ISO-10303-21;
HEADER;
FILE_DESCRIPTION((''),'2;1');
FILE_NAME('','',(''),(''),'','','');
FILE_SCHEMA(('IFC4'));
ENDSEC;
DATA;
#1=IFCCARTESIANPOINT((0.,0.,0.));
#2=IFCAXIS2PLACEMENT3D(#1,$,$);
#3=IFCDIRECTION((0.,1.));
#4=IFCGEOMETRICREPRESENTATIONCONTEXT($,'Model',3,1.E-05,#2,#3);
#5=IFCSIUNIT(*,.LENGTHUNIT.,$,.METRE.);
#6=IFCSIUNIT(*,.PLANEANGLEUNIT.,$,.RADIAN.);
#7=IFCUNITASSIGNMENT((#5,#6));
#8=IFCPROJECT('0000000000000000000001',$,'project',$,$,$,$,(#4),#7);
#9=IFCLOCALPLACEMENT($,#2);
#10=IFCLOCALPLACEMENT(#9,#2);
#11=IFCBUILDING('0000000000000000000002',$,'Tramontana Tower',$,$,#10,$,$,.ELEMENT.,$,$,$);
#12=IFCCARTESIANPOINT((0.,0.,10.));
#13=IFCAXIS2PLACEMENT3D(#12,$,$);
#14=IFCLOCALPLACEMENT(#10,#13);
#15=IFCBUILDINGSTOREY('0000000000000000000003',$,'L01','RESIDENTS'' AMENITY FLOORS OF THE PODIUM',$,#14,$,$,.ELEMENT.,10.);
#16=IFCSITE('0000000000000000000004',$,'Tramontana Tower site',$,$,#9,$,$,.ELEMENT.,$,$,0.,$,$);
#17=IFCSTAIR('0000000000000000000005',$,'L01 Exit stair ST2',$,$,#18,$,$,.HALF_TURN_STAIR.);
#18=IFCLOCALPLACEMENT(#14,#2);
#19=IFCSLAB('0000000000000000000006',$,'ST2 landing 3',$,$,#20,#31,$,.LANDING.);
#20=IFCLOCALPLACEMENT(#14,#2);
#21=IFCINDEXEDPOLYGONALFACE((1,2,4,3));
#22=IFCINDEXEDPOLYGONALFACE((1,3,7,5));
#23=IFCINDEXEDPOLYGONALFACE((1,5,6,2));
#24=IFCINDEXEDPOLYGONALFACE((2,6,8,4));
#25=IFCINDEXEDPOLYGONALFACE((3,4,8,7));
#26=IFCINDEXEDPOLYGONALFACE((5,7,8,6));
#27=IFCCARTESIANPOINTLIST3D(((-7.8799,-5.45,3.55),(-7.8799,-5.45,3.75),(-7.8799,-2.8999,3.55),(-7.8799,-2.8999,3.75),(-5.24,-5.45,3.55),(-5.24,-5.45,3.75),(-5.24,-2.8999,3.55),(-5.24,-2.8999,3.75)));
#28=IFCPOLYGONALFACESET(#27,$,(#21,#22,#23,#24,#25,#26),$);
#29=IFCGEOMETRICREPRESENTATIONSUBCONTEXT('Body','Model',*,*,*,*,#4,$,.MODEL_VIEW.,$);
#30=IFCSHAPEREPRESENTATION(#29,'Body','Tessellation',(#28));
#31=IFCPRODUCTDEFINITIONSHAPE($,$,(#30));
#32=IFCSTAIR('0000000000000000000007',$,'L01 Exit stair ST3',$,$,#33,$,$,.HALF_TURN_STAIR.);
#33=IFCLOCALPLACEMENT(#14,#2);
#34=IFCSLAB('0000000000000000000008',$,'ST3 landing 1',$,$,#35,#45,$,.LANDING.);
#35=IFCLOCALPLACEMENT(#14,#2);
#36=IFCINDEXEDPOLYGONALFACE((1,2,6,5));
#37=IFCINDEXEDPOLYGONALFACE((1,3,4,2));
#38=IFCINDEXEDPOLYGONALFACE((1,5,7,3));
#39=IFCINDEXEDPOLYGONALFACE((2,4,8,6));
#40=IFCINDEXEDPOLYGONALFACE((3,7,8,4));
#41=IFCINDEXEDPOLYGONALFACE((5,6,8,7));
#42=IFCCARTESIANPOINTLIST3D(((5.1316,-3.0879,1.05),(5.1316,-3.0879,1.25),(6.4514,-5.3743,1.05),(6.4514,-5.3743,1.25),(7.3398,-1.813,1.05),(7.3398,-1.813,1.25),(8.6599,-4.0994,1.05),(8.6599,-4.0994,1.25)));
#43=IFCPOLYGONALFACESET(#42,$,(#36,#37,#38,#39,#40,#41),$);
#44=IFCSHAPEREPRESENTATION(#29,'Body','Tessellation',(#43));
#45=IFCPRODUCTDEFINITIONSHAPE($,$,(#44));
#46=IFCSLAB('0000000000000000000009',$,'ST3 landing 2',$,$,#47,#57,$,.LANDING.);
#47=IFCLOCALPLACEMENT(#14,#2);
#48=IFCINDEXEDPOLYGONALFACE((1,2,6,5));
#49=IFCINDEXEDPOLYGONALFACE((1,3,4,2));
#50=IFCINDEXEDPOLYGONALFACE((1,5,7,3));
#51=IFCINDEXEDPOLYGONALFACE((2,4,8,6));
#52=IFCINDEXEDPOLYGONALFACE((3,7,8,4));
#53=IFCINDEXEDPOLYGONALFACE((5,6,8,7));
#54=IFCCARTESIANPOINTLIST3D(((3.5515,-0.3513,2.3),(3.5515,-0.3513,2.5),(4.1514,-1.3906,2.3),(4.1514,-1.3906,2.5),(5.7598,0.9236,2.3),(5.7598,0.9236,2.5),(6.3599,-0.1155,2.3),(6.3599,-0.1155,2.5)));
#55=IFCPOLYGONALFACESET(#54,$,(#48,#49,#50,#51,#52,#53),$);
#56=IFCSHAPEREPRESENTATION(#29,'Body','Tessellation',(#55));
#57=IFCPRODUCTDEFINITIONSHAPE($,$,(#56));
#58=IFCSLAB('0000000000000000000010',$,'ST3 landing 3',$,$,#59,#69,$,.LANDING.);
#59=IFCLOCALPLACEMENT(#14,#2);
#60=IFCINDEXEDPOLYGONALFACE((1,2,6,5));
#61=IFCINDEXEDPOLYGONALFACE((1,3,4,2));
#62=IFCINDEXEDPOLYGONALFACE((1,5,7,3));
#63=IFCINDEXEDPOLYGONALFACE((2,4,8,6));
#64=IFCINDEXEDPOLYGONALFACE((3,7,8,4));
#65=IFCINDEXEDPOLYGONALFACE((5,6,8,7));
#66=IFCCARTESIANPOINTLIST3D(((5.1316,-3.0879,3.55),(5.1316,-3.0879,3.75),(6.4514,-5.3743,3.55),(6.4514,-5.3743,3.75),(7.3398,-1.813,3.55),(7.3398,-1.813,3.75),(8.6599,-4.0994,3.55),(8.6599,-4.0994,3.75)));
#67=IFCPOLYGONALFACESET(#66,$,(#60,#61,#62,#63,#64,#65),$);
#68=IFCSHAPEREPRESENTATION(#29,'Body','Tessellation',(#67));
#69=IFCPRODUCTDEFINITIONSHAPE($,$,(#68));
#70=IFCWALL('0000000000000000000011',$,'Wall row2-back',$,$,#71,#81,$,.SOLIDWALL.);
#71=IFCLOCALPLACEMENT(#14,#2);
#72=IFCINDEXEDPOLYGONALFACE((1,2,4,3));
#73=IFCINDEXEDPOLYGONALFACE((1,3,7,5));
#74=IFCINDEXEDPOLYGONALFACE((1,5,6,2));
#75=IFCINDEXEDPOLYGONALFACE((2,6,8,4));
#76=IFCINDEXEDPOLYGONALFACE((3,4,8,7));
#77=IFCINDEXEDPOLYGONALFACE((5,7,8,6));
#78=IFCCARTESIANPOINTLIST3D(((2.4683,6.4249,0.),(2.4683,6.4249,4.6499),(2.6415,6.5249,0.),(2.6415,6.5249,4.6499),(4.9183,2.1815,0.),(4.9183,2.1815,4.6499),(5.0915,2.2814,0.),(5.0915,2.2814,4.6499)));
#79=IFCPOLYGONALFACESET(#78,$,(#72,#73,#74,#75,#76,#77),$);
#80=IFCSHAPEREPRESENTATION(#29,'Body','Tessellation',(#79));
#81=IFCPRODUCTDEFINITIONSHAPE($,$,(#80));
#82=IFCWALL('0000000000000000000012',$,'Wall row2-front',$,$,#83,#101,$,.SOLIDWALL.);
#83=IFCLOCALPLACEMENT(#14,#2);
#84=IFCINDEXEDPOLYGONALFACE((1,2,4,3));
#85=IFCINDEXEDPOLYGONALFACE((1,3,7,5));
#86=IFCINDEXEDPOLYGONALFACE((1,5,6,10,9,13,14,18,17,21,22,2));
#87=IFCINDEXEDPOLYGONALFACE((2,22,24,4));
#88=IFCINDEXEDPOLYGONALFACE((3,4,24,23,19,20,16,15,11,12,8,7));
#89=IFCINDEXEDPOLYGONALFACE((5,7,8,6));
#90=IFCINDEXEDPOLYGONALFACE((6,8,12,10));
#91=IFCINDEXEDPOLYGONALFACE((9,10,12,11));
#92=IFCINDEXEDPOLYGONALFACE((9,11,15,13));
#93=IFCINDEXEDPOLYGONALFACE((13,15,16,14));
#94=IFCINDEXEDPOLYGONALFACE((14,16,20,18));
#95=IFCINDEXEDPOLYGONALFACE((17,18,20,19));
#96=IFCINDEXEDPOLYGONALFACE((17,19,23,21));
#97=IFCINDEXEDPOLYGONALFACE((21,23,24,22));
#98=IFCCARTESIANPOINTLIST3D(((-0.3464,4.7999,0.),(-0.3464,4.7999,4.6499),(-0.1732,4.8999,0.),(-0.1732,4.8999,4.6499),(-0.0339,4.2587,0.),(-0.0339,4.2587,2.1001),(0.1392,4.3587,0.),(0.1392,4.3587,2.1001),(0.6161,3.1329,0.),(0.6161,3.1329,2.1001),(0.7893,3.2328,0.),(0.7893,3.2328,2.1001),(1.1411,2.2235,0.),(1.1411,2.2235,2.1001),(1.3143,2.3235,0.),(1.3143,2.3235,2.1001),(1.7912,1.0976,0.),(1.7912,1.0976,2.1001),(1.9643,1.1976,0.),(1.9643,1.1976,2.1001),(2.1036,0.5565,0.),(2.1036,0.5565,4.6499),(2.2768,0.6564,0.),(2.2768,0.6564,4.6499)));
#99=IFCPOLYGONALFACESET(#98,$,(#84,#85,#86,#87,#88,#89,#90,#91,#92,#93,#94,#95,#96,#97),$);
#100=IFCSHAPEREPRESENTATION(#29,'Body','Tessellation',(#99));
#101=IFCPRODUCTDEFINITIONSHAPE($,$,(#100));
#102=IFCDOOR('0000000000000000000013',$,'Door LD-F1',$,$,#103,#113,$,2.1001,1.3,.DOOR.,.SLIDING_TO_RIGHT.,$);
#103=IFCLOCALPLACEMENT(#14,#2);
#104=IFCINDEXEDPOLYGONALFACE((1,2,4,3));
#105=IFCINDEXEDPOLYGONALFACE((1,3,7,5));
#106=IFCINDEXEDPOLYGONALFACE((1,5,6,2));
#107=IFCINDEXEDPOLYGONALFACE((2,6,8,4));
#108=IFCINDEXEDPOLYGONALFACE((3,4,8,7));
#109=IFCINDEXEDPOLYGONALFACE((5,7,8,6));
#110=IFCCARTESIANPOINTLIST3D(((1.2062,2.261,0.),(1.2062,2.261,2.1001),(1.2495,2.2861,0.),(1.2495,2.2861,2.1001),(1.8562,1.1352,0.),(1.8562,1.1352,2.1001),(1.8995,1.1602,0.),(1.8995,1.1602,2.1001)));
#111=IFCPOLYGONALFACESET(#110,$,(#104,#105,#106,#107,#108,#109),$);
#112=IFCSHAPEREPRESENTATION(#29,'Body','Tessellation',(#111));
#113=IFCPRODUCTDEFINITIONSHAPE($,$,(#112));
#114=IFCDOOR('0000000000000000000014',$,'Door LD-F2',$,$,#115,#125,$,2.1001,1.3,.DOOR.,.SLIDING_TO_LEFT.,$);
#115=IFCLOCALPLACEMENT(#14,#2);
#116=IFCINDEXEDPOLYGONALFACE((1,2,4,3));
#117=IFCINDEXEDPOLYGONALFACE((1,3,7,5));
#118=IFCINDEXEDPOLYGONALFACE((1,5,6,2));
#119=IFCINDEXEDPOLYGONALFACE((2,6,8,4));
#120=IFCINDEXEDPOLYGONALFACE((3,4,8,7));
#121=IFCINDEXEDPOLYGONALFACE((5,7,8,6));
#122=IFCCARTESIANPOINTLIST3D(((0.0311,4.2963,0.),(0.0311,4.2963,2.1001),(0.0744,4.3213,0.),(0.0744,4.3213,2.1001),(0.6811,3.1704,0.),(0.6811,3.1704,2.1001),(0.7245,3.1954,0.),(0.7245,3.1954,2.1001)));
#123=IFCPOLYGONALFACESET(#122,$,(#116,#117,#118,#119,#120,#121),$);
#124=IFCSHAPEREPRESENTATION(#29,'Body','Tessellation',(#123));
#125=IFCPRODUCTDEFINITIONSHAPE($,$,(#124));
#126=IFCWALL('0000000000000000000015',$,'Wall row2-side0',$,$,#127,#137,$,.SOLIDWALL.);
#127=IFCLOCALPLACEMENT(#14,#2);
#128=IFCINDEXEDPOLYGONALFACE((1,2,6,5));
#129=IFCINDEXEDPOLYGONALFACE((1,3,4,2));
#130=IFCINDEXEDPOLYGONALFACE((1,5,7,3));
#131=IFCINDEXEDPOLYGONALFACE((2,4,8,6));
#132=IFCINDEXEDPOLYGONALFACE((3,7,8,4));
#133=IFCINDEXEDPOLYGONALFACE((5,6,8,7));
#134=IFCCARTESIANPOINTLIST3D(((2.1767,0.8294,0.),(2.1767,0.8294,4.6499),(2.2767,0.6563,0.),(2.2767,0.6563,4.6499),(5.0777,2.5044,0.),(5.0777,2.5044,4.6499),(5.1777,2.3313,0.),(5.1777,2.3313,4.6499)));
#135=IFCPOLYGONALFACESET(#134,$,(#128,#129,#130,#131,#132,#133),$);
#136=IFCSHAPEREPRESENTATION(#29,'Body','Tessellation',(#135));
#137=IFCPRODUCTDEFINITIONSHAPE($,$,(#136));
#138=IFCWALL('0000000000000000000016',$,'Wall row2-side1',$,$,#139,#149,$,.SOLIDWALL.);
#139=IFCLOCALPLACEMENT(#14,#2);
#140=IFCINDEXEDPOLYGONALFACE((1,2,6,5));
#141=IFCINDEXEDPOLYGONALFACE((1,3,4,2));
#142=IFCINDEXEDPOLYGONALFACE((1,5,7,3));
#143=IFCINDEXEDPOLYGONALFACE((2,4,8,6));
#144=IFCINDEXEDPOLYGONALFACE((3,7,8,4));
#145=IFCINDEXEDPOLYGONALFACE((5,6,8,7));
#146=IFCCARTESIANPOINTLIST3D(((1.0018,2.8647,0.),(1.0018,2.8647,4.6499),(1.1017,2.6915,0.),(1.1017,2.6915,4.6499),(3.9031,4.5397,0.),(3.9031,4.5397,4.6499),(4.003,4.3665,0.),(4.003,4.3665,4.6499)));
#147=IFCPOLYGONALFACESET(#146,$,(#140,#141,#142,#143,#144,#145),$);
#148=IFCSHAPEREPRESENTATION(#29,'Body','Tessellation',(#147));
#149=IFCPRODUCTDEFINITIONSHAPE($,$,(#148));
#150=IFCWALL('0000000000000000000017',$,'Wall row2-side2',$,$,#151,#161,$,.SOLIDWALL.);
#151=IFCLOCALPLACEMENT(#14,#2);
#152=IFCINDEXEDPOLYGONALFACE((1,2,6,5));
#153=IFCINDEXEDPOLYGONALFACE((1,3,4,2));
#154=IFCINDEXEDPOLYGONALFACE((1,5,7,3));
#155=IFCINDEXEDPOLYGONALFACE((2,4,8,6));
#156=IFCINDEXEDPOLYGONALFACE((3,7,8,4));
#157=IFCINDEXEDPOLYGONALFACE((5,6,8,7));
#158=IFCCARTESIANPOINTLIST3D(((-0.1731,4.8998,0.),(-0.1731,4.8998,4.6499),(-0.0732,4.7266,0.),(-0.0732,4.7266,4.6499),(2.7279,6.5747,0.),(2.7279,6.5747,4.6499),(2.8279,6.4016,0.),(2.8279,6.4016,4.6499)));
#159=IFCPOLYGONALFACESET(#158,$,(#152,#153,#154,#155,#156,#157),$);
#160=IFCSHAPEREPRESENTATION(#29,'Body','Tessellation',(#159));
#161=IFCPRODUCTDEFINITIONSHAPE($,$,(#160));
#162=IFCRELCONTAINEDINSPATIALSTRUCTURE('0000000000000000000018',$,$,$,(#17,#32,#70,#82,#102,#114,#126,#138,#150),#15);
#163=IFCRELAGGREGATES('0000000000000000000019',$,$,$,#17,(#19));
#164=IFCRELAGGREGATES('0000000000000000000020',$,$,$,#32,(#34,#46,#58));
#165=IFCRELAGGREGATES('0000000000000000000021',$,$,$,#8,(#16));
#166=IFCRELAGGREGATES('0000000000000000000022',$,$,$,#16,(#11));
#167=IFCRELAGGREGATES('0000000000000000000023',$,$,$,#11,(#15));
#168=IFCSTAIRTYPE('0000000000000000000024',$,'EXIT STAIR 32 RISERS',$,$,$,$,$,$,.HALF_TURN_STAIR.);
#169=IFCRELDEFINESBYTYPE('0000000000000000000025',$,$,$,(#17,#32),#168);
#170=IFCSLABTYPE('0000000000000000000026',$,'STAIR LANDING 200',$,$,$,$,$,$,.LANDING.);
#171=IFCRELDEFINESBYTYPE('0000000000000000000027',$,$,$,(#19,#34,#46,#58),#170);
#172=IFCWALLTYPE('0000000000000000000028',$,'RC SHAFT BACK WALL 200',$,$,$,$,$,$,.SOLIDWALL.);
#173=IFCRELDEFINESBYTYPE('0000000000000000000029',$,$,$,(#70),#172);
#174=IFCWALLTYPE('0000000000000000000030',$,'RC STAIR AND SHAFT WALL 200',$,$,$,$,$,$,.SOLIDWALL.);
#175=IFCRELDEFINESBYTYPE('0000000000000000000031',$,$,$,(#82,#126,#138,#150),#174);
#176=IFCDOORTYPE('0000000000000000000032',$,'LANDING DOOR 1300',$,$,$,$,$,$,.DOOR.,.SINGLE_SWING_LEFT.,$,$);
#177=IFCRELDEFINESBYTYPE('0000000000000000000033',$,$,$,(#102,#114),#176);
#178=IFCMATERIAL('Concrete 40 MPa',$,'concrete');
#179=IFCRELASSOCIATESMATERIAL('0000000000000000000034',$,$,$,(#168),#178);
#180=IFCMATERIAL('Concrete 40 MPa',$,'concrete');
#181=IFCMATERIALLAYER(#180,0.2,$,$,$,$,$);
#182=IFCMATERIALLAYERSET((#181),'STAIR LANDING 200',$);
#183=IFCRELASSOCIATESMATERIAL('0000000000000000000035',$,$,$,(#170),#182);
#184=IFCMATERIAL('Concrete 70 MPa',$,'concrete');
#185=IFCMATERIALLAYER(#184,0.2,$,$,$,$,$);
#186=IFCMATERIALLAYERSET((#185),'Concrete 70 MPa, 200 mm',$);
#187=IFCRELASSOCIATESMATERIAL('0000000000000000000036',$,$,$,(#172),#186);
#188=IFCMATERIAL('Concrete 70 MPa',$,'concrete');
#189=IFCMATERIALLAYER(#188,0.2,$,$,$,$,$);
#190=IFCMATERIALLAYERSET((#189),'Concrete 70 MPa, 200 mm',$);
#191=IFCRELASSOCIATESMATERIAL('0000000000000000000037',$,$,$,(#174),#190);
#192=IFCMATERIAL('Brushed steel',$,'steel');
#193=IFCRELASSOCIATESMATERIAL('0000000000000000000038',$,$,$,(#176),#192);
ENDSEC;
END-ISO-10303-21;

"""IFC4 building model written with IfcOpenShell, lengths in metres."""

from ifc_helpers import new_model, si_unit, direction, frame, frame_2d, origin, place, context, subcontext, project, spatial, polyline, rectangle, outline, extrude, material, layer, layer_set, type_object, element, fill, aggregate, save


model = new_model("IFC4")

# Units and contexts
model_context = context("Model", 3, precision=1e-05, world=origin(), true_north=direction((0.0, 1.0)))
body_context = subcontext(model_context, "Body", "Model", "MODEL_VIEW")
ifc_project = project(units=[si_unit("LENGTHUNIT", "METRE"), si_unit("PLANEANGLEUNIT", "RADIAN")], contexts=[model_context])

# Site, building, storey
site_placement = place(None, origin())
site = spatial("IfcSite", under=ifc_project, at=site_placement, Name="Tramontana Tower site", CompositionType="ELEMENT", RefElevation=0.0)
building_placement = place(site_placement, origin())
building = spatial("IfcBuilding", under=site, at=building_placement, Name="Tramontana Tower", CompositionType="ELEMENT")
storey_placement = place(building_placement, frame((0.0, 0.0, 10.0)))
storey = spatial("IfcBuildingStorey", under=building, at=storey_placement, Name="L01", Description="RESIDENTS' AMENITY FLOORS OF THE PODIUM", CompositionType="ELEMENT", Elevation=10.0)

# Stairs, slabs
ifc_material_1 = material(Name="Concrete 40 MPa", Category="concrete")
stair_type = type_object("IfcStairType", Name="EXIT STAIR 32 RISERS", PredefinedType="HALF_TURN_STAIR", material=ifc_material_1)
ifc_material_2 = material(Name="Concrete 40 MPa", Category="concrete")
ifc_layer_1 = layer(ifc_material_2, 0.2)
ifc_layer_set_1 = layer_set([ifc_layer_1], Name="STAIR LANDING 200")
slab_type_1 = type_object("IfcSlabType", Name="STAIR LANDING 200", PredefinedType="LANDING", material=ifc_layer_set_1)
stair_1_placement = place(storey_placement, origin())
stair_1 = element("IfcStair", 1, at=stair_1_placement, inside=storey, type_object=stair_type, Name="L01 Exit stair ST2", PredefinedType="HALF_TURN_STAIR")
slab_1_placement = place(storey_placement, frame((0.0, 0.0, 3.55)))
slab_1 = element("IfcSlab", 2, at=slab_1_placement, type_object=slab_type_1, Name="ST2 landing 3", PredefinedType="LANDING", context=body_context, shape_type="SweptSolid", body=[
    extrude(outline(polyline([(-5.24, -2.8999), (-7.8799, -2.8999), (-7.8799, -5.45), (-5.24, -5.45), (-5.24, -2.8999)])), origin(), (0.0, 0.0, 1.0), 0.2),
])
aggregate(stair_1, [slab_1])
stair_2_placement = place(storey_placement, origin())
stair_2 = element("IfcStair", 3, at=stair_2_placement, inside=storey, type_object=stair_type, Name="L01 Exit stair ST3", PredefinedType="HALF_TURN_STAIR")
slab_2_placement = place(storey_placement, frame((0.0, 0.0, 1.05)))
slab_2 = element("IfcSlab", 4, at=slab_2_placement, type_object=slab_type_1, Name="ST3 landing 1", PredefinedType="LANDING", context=body_context, shape_type="SweptSolid", body=[
    extrude(outline(polyline([(5.1316, -3.0879), (6.4514, -5.3743), (8.6599, -4.0994), (7.3398, -1.813), (5.1316, -3.0879)])), origin(), (0.0, 0.0, 1.0), 0.2),
])
slab_3_placement = place(storey_placement, frame((0.0, 0.0, 2.3)))
slab_3 = element("IfcSlab", 5, at=slab_3_placement, type_object=slab_type_1, Name="ST3 landing 2", PredefinedType="LANDING", context=body_context, shape_type="SweptSolid", body=[
    extrude(outline(polyline([(3.5515, -0.3513), (4.1514, -1.3906), (6.3599, -0.1155), (5.7598, 0.9236), (3.5515, -0.3513)])), origin(), (0.0, 0.0, 1.0), 0.2),
])
slab_4_placement = place(storey_placement, frame((0.0, 0.0, 3.55)))
slab_4 = element("IfcSlab", 6, at=slab_4_placement, type_object=slab_type_1, Name="ST3 landing 3", PredefinedType="LANDING", context=body_context, shape_type="SweptSolid", body=[
    extrude(outline(polyline([(5.1316, -3.0879), (6.4514, -5.3743), (8.6599, -4.0994), (7.3398, -1.813), (5.1316, -3.0879)])), origin(), (0.0, 0.0, 1.0), 0.2),
])

# Wall
ifc_material_3 = material(Name="Concrete 70 MPa", Category="concrete")
ifc_layer_2 = layer(ifc_material_3, 0.2)
ifc_layer_set_2 = layer_set([ifc_layer_2], Name="Concrete 70 MPa, 200 mm")
wall_type_1 = type_object("IfcWallType", Name="RC SHAFT BACK WALL 200", PredefinedType="SOLIDWALL", material=ifc_layer_set_2)
wall_1_placement = place(storey_placement, frame((5.0049, 2.2314, 0.0), z_axis=(0.0, 0.0, 1.0), x_axis=(-0.500003, 0.866024, 0.0)))
element("IfcWall", 7, at=wall_1_placement, inside=storey, type_object=wall_type_1, Name="Wall row2-back", PredefinedType="SOLIDWALL", context=body_context, shape_type="SweptSolid", body=[
    extrude(rectangle(XDim=4.8999, YDim=0.2, at=frame_2d((2.45, 0.0))), origin(), (0.0, 0.0, 1.0), 4.6499),
])

# Shared definitions
ifc_material_4 = material(Name="Concrete 70 MPa", Category="concrete")
ifc_layer_3 = layer(ifc_material_4, 0.2)
ifc_layer_set_3 = layer_set([ifc_layer_3], Name="Concrete 70 MPa, 200 mm")
wall_type_2 = type_object("IfcWallType", Name="RC STAIR AND SHAFT WALL 200", PredefinedType="SOLIDWALL", material=ifc_layer_set_3)

# Wall, openings, doors
wall_2_placement = place(storey_placement, frame((2.1902, 0.6064, 0.0), z_axis=(0.0, 0.0, 1.0), x_axis=(-0.500003, 0.866024, 0.0)))
wall_2 = element("IfcWall", 8, at=wall_2_placement, inside=storey, type_object=wall_type_2, Name="Wall row2-front", PredefinedType="SOLIDWALL", context=body_context, shape_type="SweptSolid", body=[
    extrude(rectangle(XDim=4.8999, YDim=0.2, at=frame_2d((2.45, 0.0))), origin(), (0.0, 0.0, 1.0), 4.6499),
])
opening_1_placement = place(wall_2_placement, frame((0.625, 0.0, 0.0)))
opening_1 = element("IfcOpeningElement", 9, at=opening_1_placement, cuts=wall_2, PredefinedType="OPENING", context=body_context, shape_type="SweptSolid", body=[
    extrude(rectangle(XDim=1.3, YDim=2.1001, at=frame_2d((0.6499, 1.05))), frame((0.0, 0.1099, 0.0), z_axis=(0.0, -1.0, 0.0), x_axis=(1.0, 0.0, 0.0)), (0.0, 0.0, 1.0), 0.22),
])
opening_2_placement = place(wall_2_placement, frame((2.9751, 0.0, 0.0)))
opening_2 = element("IfcOpeningElement", 10, at=opening_2_placement, cuts=wall_2, PredefinedType="OPENING", context=body_context, shape_type="SweptSolid", body=[
    extrude(rectangle(XDim=1.3, YDim=2.1001, at=frame_2d((0.6499, 1.05))), frame((0.0, 0.1099, 0.0), z_axis=(0.0, -1.0, 0.0), x_axis=(1.0, 0.0, 0.0)), (0.0, 0.0, 1.0), 0.22),
])
ifc_material_5 = material(Name="Brushed steel", Category="steel")
door_type_1 = type_object("IfcDoorType", Name="LANDING DOOR 1300", OperationType="SINGLE_SWING_LEFT", PredefinedType="DOOR", material=ifc_material_5)
door_1_placement = place(opening_1_placement, origin())
door_1 = element("IfcDoor", 11, at=door_1_placement, inside=storey, type_object=door_type_1, Name="Door LD-F1", OperationType="SLIDING_TO_RIGHT", OverallHeight=2.1001, OverallWidth=1.3, PredefinedType="DOOR", context=body_context, shape_type="SweptSolid", body=[
    extrude(rectangle(XDim=1.3, YDim=2.1001, at=frame_2d((0.6499, 1.05))), frame((0.0, 0.0249, 0.0), z_axis=(0.0, -1.0, 0.0), x_axis=(1.0, 0.0, 0.0)), (0.0, 0.0, 1.0), 0.05),
])
fill(opening_1, door_1)
door_2_placement = place(opening_2_placement, origin())
door_2 = element("IfcDoor", 12, at=door_2_placement, inside=storey, type_object=door_type_1, Name="Door LD-F2", OperationType="SLIDING_TO_LEFT", OverallHeight=2.1001, OverallWidth=1.3, PredefinedType="DOOR", context=body_context, shape_type="SweptSolid", body=[
    extrude(rectangle(XDim=1.3, YDim=2.1001, at=frame_2d((0.6499, 1.05))), frame((0.0, 0.0249, 0.0), z_axis=(0.0, -1.0, 0.0), x_axis=(1.0, 0.0, 0.0)), (0.0, 0.0, 1.0), 0.05),
])
fill(opening_2, door_2)

# Walls
wall_3_placement = place(storey_placement, frame((2.2268, 0.7429, 0.0), z_axis=(0.0, 0.0, 1.0), x_axis=(0.866014, 0.500019, 0.0)))
element("IfcWall", 13, at=wall_3_placement, inside=storey, type_object=wall_type_2, Name="Wall row2-side0", PredefinedType="SOLIDWALL", context=body_context, shape_type="SweptSolid", body=[
    extrude(rectangle(XDim=3.3499, YDim=0.2, at=frame_2d((1.6748, 0.0))), origin(), (0.0, 0.0, 1.0), 4.6499),
])
wall_4_placement = place(storey_placement, frame((1.0518, 2.7781, 0.0), z_axis=(0.0, 0.0, 1.0), x_axis=(0.866033, 0.499987, 0.0)))
element("IfcWall", 14, at=wall_4_placement, inside=storey, type_object=wall_type_2, Name="Wall row2-side1", PredefinedType="SOLIDWALL", context=body_context, shape_type="SweptSolid", body=[
    extrude(rectangle(XDim=3.3501, YDim=0.2, at=frame_2d((1.675, 0.0))), origin(), (0.0, 0.0, 1.0), 4.6499),
])
wall_5_placement = place(storey_placement, frame((-0.123, 4.8132, 0.0), z_axis=(0.0, 0.0, 1.0), x_axis=(0.866014, 0.500019, 0.0)))
element("IfcWall", 15, at=wall_5_placement, inside=storey, type_object=wall_type_2, Name="Wall row2-side2", PredefinedType="SOLIDWALL", context=body_context, shape_type="SweptSolid", body=[
    extrude(rectangle(XDim=3.3499, YDim=0.2, at=frame_2d((1.6748, 0.0))), origin(), (0.0, 0.0, 1.0), 4.6499),
])

aggregate(stair_2, [slab_2, slab_3, slab_4])

save(model, "model.ifc")
